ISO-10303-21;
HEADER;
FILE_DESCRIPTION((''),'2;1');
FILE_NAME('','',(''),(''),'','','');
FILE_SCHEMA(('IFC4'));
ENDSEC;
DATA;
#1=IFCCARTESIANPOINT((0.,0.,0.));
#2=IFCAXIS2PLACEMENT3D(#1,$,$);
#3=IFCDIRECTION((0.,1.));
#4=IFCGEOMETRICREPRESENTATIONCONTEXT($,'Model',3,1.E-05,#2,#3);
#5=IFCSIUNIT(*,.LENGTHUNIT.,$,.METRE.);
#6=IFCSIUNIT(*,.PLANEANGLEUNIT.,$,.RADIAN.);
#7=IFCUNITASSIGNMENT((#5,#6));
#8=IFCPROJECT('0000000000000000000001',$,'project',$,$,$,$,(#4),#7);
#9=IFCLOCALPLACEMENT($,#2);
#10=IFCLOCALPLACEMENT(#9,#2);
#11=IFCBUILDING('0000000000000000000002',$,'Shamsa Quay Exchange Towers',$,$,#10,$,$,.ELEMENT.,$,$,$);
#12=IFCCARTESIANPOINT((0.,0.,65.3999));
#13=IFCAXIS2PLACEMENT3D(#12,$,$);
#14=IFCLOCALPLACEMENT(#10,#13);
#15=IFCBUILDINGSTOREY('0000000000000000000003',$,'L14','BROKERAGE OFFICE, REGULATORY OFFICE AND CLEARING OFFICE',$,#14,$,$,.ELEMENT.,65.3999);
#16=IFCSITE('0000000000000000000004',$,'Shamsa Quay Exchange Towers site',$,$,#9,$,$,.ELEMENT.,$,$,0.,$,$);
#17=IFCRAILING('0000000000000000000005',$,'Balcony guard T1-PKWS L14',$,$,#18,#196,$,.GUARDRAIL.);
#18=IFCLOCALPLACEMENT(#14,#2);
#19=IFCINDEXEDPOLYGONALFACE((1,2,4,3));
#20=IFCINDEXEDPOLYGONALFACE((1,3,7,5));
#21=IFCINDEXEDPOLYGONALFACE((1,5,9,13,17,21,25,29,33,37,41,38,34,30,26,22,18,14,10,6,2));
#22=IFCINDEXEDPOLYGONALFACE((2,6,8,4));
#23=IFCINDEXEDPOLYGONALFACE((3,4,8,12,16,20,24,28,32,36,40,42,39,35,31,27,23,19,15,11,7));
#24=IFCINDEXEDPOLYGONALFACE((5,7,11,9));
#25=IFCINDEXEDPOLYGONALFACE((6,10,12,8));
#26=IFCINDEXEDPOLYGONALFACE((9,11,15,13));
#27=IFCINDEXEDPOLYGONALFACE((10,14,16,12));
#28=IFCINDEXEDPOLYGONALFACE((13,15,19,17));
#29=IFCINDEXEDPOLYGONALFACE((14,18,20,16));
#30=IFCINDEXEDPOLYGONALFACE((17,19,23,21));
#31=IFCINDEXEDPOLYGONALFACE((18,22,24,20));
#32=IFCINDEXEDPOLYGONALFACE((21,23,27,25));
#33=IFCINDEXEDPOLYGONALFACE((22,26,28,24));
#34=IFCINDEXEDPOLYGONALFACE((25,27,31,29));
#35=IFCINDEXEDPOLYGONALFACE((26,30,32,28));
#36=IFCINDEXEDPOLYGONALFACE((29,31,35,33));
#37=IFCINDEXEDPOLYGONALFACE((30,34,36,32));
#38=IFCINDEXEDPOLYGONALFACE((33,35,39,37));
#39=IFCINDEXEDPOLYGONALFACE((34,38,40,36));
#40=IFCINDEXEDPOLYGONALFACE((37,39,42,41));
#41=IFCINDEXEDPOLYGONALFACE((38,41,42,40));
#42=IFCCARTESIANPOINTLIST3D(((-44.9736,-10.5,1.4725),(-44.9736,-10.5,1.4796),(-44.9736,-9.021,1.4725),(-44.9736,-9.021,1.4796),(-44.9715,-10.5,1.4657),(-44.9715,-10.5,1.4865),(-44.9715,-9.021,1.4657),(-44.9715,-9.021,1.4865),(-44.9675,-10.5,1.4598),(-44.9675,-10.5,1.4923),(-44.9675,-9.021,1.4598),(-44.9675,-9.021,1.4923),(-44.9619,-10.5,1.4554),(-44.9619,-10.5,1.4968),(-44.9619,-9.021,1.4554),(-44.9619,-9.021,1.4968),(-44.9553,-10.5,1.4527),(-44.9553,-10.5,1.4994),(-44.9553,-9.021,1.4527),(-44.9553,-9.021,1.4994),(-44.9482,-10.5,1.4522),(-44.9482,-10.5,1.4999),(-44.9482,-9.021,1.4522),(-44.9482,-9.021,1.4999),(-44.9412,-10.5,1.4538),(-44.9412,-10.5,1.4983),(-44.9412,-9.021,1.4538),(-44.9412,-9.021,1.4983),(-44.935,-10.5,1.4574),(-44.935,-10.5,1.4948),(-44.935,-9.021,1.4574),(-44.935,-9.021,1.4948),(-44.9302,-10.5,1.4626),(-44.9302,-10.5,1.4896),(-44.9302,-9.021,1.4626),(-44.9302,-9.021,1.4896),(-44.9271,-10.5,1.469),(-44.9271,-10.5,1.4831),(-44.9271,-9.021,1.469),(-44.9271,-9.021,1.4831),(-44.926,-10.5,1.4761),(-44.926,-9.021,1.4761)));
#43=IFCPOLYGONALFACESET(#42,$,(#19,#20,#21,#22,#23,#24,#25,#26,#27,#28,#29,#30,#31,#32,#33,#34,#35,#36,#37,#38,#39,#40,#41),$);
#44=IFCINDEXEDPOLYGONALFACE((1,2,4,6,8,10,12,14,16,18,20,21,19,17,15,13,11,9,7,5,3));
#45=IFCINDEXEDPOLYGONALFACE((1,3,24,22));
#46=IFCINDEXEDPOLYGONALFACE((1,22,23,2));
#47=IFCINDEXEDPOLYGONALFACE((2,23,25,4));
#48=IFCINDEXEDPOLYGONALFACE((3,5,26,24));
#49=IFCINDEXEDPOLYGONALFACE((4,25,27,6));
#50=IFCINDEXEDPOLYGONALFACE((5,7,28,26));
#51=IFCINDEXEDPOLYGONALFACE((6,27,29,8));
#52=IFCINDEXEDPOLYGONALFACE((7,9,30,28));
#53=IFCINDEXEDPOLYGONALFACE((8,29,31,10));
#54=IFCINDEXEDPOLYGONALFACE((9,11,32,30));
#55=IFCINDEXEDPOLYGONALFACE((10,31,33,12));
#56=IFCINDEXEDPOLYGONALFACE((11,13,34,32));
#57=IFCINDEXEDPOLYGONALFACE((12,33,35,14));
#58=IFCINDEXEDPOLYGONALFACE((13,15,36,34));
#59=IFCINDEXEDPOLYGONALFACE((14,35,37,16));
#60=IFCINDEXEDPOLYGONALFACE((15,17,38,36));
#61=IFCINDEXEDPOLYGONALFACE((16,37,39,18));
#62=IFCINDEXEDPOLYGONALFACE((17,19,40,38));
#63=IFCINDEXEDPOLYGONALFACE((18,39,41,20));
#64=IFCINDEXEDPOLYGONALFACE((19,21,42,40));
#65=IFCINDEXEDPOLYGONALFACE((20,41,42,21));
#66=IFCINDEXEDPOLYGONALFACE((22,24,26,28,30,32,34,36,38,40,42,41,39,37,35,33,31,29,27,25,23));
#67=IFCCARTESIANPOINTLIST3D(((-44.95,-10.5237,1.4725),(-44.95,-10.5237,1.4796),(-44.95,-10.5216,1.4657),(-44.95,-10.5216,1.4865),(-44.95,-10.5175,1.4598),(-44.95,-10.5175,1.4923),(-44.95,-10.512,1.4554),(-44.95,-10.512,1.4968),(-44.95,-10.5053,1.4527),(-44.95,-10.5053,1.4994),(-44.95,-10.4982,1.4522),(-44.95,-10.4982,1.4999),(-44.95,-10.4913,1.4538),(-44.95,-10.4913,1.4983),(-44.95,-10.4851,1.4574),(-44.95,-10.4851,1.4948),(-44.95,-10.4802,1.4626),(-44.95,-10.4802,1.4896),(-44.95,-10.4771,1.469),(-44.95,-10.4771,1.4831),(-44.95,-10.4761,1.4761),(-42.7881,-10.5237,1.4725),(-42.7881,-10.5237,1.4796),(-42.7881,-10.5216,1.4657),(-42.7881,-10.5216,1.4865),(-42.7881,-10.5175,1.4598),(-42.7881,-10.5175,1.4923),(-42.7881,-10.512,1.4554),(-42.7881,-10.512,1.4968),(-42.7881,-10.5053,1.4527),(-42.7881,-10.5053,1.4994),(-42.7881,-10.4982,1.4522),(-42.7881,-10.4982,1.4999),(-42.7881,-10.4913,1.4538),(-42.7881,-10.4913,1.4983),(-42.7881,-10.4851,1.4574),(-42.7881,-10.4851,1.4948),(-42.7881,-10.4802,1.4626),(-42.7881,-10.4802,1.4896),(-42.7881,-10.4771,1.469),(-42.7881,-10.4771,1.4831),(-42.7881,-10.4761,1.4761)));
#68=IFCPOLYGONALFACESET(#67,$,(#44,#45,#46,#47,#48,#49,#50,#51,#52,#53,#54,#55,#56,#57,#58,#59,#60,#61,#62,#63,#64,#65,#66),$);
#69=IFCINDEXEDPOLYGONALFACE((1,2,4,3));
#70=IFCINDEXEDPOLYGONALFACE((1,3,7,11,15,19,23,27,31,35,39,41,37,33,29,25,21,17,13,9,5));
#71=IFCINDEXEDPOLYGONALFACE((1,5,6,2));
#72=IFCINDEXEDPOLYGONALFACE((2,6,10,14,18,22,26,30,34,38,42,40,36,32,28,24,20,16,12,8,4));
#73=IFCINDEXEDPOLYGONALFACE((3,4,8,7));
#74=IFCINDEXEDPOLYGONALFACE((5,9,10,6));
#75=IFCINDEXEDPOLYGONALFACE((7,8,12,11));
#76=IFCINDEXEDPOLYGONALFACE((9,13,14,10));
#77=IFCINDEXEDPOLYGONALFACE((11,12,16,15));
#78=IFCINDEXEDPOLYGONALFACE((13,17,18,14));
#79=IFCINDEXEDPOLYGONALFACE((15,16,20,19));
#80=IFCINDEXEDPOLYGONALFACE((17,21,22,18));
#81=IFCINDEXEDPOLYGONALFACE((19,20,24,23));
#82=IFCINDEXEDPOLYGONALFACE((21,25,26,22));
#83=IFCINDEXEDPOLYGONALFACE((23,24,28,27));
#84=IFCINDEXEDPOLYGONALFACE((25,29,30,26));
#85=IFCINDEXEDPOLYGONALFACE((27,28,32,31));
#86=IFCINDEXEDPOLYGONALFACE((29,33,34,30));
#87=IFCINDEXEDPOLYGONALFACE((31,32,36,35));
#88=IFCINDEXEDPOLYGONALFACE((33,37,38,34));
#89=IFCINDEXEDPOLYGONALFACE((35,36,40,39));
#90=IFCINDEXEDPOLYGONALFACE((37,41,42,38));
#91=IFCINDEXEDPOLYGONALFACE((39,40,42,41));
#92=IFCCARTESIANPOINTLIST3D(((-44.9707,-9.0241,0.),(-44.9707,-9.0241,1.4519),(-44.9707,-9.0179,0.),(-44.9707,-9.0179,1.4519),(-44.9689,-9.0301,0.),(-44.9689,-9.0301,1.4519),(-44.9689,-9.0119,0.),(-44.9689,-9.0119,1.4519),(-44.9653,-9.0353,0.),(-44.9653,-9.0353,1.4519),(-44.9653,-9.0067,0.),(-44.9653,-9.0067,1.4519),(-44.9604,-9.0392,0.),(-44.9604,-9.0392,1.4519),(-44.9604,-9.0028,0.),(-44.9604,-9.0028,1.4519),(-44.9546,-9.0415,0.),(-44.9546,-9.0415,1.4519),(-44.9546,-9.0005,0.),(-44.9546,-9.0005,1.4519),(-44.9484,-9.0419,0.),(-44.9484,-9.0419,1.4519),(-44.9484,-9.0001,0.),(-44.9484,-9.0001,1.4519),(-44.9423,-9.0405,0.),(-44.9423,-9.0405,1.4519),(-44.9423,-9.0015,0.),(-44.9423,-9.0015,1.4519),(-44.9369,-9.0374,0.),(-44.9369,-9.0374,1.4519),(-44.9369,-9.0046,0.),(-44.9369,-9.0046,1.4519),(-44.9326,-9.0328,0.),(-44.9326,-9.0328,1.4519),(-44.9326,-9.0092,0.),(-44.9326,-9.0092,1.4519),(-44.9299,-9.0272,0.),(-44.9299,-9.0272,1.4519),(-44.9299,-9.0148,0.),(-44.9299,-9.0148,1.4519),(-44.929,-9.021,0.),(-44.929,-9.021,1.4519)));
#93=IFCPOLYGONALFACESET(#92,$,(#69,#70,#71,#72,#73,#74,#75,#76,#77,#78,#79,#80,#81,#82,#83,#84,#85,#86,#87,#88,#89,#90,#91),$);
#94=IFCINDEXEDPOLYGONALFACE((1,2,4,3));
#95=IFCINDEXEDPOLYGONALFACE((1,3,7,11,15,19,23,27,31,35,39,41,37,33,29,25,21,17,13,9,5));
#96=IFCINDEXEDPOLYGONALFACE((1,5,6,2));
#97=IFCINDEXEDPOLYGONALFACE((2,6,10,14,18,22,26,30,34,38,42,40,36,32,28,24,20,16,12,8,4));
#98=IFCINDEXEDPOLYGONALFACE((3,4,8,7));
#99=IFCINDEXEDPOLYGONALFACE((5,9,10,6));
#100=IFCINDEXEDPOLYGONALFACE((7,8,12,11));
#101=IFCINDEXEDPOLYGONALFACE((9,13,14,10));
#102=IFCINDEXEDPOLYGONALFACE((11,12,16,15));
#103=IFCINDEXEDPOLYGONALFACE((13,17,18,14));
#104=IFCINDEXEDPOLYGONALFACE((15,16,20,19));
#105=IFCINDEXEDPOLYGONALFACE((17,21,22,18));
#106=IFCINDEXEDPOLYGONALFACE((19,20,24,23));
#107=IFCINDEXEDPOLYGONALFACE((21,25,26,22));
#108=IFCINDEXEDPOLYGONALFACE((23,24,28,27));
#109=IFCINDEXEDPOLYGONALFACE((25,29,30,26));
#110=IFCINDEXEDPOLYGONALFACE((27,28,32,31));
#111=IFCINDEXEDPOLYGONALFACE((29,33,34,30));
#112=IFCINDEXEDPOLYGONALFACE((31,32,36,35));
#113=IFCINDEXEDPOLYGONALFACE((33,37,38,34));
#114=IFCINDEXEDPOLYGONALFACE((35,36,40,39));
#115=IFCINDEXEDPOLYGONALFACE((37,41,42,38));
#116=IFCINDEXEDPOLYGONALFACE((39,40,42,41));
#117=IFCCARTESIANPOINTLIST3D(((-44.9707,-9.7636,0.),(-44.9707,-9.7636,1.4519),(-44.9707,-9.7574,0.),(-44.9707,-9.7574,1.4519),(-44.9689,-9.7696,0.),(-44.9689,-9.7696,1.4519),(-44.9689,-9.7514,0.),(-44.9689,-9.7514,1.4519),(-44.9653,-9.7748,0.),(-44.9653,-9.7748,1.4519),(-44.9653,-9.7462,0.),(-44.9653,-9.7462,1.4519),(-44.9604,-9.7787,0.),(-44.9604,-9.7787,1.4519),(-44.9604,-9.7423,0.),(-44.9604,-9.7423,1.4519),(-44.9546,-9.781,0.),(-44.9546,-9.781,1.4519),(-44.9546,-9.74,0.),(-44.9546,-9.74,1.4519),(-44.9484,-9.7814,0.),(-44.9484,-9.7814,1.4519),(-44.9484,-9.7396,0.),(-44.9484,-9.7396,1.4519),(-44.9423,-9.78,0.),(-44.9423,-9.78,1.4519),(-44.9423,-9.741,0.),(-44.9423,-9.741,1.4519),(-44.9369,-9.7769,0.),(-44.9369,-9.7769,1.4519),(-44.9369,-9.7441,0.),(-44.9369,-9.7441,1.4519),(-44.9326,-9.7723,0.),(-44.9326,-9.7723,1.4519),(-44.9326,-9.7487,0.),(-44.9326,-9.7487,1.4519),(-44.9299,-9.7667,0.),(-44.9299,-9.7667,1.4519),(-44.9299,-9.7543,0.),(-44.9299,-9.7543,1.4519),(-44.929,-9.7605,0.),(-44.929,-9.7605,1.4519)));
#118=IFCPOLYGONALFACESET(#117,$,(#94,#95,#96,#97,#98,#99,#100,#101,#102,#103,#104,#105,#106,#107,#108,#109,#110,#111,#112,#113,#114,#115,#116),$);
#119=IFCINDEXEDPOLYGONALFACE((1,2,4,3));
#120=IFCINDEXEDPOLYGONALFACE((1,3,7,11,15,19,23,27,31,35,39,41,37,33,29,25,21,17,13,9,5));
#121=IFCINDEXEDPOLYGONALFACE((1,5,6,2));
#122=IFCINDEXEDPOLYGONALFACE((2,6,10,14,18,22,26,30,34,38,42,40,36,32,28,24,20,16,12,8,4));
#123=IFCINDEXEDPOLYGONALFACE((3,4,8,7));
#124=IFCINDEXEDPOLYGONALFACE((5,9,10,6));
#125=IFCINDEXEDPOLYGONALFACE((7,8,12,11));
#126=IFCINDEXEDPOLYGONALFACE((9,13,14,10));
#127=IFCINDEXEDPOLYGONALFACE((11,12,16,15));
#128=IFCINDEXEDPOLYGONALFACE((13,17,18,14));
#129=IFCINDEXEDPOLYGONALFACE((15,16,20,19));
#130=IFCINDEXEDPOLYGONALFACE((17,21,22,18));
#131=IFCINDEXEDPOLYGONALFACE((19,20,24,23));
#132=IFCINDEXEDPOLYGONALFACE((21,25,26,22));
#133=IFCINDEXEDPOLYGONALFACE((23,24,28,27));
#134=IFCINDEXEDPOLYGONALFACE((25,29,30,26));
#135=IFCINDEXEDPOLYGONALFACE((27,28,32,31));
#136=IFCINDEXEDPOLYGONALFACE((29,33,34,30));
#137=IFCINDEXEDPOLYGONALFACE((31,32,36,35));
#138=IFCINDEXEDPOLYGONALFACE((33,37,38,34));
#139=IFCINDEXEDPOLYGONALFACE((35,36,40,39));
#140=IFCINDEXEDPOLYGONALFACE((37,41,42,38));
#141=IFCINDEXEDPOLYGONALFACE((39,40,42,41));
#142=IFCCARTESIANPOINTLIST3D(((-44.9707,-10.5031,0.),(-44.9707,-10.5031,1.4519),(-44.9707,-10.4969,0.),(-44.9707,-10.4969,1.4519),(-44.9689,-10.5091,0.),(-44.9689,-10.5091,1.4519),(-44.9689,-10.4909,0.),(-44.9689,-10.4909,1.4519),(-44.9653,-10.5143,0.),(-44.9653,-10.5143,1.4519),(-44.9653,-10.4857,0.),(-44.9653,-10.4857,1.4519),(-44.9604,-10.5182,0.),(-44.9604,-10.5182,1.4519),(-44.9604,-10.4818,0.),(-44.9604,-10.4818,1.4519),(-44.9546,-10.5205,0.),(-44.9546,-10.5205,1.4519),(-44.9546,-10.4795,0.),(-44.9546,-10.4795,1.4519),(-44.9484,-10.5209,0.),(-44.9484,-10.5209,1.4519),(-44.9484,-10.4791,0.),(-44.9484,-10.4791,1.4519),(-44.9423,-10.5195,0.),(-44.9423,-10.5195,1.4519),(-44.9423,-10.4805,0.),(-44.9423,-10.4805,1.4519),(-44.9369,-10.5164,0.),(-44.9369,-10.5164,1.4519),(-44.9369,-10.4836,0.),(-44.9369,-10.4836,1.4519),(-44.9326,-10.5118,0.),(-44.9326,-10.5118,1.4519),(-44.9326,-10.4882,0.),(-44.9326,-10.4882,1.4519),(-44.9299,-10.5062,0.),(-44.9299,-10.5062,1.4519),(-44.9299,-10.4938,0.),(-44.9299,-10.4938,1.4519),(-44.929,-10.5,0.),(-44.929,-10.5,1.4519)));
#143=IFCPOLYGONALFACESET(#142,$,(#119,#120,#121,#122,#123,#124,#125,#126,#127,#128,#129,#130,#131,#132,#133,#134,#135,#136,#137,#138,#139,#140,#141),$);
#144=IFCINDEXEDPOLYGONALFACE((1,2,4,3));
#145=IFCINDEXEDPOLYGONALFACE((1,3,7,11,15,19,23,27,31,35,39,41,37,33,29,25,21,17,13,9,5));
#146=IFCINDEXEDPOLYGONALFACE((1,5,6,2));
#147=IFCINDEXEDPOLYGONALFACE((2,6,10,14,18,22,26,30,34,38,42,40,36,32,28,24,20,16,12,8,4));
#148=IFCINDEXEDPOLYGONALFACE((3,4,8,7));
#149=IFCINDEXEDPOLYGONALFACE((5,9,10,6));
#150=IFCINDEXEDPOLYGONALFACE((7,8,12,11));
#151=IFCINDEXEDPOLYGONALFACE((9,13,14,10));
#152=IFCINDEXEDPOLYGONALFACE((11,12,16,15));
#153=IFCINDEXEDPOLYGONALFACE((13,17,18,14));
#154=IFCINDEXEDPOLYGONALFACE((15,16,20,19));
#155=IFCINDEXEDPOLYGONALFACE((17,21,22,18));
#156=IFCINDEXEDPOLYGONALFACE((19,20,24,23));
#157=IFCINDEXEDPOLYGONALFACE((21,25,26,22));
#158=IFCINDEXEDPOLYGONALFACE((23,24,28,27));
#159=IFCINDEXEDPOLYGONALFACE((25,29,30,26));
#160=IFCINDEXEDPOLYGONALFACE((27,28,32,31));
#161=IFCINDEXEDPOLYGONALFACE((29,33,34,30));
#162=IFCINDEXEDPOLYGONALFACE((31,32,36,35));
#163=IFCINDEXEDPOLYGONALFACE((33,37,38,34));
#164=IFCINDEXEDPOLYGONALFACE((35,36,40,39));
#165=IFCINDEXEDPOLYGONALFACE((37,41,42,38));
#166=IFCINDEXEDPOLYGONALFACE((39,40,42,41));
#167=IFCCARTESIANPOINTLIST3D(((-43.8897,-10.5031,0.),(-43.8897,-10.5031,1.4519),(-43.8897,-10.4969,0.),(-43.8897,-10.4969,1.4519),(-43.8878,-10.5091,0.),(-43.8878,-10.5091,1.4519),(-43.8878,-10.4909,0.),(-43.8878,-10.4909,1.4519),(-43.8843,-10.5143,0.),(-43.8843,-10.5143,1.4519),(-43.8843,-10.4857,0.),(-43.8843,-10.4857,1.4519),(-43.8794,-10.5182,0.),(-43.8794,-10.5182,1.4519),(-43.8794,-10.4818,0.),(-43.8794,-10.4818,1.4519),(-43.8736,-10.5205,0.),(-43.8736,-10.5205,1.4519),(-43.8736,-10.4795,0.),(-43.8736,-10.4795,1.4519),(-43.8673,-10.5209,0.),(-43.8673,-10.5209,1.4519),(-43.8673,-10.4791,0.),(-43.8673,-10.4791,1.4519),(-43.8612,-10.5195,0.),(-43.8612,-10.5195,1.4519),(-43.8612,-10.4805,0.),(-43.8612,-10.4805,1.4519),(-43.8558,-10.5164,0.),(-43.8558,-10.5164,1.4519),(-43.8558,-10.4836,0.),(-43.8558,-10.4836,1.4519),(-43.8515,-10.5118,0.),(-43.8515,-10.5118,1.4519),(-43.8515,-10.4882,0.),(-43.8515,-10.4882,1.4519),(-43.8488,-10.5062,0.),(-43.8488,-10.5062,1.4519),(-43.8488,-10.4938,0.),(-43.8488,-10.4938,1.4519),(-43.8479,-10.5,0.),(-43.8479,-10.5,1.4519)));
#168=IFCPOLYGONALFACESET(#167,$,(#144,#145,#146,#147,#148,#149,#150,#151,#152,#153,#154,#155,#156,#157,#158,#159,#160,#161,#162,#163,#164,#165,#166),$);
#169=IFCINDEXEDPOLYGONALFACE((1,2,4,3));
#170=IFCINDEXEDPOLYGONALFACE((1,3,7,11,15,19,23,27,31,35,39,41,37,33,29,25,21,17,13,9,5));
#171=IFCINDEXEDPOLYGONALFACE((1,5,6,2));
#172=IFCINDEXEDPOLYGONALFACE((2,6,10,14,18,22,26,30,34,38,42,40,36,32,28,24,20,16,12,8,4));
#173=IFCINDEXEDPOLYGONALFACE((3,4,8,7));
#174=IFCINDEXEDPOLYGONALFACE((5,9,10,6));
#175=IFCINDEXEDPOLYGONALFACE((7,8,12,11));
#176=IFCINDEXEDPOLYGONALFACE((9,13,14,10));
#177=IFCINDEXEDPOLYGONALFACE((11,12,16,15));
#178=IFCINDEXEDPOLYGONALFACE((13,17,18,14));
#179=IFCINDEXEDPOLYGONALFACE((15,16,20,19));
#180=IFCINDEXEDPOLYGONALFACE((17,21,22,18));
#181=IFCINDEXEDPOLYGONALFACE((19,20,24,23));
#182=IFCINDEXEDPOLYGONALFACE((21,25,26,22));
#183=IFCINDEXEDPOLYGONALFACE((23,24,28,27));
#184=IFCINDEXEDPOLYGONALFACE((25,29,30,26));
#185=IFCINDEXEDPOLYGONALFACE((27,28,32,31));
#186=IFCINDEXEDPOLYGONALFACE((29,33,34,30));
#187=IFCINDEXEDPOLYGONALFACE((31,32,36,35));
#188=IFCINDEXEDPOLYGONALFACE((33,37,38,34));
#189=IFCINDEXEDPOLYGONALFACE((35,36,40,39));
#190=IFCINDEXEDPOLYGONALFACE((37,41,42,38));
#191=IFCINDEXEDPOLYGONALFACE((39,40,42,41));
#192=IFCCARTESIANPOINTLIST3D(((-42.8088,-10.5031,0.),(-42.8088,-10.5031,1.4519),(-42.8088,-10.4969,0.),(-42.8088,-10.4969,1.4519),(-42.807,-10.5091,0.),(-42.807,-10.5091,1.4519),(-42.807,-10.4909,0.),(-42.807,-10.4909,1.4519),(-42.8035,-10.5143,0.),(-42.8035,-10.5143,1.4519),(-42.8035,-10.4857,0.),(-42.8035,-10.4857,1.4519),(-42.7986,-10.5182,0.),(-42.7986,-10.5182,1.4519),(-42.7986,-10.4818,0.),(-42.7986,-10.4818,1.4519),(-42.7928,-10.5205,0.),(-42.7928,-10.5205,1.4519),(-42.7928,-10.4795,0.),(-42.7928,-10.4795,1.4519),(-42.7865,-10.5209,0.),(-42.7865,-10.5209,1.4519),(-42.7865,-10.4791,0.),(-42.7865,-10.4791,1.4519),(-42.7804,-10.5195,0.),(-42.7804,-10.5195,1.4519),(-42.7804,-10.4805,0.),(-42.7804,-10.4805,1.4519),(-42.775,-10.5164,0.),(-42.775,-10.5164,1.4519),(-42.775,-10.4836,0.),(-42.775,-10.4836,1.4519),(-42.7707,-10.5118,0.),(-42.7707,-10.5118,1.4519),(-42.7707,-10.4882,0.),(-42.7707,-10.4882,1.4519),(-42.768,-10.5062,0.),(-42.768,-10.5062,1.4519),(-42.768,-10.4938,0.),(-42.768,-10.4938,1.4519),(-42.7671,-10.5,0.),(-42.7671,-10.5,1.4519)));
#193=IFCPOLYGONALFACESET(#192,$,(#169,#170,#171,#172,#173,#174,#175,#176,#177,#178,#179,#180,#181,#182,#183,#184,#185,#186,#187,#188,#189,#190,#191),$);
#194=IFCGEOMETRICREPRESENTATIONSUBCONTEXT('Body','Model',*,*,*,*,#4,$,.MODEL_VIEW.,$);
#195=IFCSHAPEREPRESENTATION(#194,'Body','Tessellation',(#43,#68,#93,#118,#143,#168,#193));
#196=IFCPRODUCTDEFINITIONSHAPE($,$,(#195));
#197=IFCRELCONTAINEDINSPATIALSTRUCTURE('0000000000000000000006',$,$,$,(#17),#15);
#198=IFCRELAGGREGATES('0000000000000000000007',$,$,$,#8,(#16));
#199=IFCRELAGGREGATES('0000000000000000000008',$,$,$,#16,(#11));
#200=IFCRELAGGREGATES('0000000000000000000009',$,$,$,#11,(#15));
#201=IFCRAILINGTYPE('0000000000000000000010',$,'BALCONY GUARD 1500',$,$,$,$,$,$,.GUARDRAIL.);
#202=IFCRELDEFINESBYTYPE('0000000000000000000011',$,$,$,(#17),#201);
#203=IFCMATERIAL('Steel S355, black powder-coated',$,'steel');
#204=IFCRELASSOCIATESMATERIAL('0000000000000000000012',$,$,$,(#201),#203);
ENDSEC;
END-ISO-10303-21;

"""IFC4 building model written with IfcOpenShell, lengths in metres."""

from ifc_helpers import new_model, si_unit, direction, frame, origin, origin_2d, place, context, subcontext, project, spatial, circle, extrude, material, type_object, element, save


model = new_model("IFC4")

# Units and contexts
model_context = context("Model", 3, precision=1e-05, world=origin(), true_north=direction((0.0, 1.0)))
body_context = subcontext(model_context, "Body", "Model", "MODEL_VIEW")
ifc_project = project(units=[si_unit("LENGTHUNIT", "METRE"), si_unit("PLANEANGLEUNIT", "RADIAN")], contexts=[model_context])

# Site, building, storey
site_placement = place(None, origin())
site = spatial("IfcSite", under=ifc_project, at=site_placement, Name="Shamsa Quay Exchange Towers site", CompositionType="ELEMENT", RefElevation=0.0)
building_placement = place(site_placement, origin())
building = spatial("IfcBuilding", under=site, at=building_placement, Name="Shamsa Quay Exchange Towers", CompositionType="ELEMENT")
storey_placement = place(building_placement, frame((0.0, 0.0, 65.3999)))
storey = spatial("IfcBuildingStorey", under=building, at=storey_placement, Name="L14", Description="BROKERAGE OFFICE, REGULATORY OFFICE AND CLEARING OFFICE", CompositionType="ELEMENT", Elevation=65.3999)

# Railing
ifc_material_1 = material(Name="Steel S355, black powder-coated", Category="steel")
railing_type_1 = type_object("IfcRailingType", Name="BALCONY GUARD 1500", PredefinedType="GUARDRAIL", material=ifc_material_1)
for number, where, name in (
    (1, (-44.95, -9.021, 0.0), "Balcony guard T1-PKWS L14"),
):
    element("IfcRailing", number, at=place(storey_placement, frame(where)), inside=storey, type_object=railing_type_1, Name=name, PredefinedType="GUARDRAIL", context=body_context, shape_type="SweptSolid", body=[
        extrude(circle(Radius=0.0239, at=origin_2d()), frame((0.0, 0.0, 1.4761), z_axis=(0.0, -1.0, 0.0), x_axis=(1.0, 0.0, 0.0)), (0.0, 0.0, 1.0), 1.479),
        extrude(circle(Radius=0.0239, at=origin_2d()), frame((0.0, -1.479, 1.4761), z_axis=(1.0, 0.0, 0.0), x_axis=(0.0, 1.0, 0.0)), (0.0, 0.0, 1.0), 2.1619),
        extrude(circle(Radius=0.021, at=origin_2d()), origin(), (0.0, 0.0, 1.0), 1.4519),
        extrude(circle(Radius=0.021, at=origin_2d()), frame((0.0, -0.7395, 0.0)), (0.0, 0.0, 1.0), 1.4519),
        extrude(circle(Radius=0.021, at=origin_2d()), frame((0.0, -1.479, 0.0)), (0.0, 0.0, 1.0), 1.4519),
        extrude(circle(Radius=0.021, at=origin_2d()), frame((1.0811, -1.479, 0.0)), (0.0, 0.0, 1.0), 1.4519),
        extrude(circle(Radius=0.021, at=origin_2d()), frame((2.1619, -1.479, 0.0)), (0.0, 0.0, 1.0), 1.4519),
    ])

save(model, "model.ifc")
